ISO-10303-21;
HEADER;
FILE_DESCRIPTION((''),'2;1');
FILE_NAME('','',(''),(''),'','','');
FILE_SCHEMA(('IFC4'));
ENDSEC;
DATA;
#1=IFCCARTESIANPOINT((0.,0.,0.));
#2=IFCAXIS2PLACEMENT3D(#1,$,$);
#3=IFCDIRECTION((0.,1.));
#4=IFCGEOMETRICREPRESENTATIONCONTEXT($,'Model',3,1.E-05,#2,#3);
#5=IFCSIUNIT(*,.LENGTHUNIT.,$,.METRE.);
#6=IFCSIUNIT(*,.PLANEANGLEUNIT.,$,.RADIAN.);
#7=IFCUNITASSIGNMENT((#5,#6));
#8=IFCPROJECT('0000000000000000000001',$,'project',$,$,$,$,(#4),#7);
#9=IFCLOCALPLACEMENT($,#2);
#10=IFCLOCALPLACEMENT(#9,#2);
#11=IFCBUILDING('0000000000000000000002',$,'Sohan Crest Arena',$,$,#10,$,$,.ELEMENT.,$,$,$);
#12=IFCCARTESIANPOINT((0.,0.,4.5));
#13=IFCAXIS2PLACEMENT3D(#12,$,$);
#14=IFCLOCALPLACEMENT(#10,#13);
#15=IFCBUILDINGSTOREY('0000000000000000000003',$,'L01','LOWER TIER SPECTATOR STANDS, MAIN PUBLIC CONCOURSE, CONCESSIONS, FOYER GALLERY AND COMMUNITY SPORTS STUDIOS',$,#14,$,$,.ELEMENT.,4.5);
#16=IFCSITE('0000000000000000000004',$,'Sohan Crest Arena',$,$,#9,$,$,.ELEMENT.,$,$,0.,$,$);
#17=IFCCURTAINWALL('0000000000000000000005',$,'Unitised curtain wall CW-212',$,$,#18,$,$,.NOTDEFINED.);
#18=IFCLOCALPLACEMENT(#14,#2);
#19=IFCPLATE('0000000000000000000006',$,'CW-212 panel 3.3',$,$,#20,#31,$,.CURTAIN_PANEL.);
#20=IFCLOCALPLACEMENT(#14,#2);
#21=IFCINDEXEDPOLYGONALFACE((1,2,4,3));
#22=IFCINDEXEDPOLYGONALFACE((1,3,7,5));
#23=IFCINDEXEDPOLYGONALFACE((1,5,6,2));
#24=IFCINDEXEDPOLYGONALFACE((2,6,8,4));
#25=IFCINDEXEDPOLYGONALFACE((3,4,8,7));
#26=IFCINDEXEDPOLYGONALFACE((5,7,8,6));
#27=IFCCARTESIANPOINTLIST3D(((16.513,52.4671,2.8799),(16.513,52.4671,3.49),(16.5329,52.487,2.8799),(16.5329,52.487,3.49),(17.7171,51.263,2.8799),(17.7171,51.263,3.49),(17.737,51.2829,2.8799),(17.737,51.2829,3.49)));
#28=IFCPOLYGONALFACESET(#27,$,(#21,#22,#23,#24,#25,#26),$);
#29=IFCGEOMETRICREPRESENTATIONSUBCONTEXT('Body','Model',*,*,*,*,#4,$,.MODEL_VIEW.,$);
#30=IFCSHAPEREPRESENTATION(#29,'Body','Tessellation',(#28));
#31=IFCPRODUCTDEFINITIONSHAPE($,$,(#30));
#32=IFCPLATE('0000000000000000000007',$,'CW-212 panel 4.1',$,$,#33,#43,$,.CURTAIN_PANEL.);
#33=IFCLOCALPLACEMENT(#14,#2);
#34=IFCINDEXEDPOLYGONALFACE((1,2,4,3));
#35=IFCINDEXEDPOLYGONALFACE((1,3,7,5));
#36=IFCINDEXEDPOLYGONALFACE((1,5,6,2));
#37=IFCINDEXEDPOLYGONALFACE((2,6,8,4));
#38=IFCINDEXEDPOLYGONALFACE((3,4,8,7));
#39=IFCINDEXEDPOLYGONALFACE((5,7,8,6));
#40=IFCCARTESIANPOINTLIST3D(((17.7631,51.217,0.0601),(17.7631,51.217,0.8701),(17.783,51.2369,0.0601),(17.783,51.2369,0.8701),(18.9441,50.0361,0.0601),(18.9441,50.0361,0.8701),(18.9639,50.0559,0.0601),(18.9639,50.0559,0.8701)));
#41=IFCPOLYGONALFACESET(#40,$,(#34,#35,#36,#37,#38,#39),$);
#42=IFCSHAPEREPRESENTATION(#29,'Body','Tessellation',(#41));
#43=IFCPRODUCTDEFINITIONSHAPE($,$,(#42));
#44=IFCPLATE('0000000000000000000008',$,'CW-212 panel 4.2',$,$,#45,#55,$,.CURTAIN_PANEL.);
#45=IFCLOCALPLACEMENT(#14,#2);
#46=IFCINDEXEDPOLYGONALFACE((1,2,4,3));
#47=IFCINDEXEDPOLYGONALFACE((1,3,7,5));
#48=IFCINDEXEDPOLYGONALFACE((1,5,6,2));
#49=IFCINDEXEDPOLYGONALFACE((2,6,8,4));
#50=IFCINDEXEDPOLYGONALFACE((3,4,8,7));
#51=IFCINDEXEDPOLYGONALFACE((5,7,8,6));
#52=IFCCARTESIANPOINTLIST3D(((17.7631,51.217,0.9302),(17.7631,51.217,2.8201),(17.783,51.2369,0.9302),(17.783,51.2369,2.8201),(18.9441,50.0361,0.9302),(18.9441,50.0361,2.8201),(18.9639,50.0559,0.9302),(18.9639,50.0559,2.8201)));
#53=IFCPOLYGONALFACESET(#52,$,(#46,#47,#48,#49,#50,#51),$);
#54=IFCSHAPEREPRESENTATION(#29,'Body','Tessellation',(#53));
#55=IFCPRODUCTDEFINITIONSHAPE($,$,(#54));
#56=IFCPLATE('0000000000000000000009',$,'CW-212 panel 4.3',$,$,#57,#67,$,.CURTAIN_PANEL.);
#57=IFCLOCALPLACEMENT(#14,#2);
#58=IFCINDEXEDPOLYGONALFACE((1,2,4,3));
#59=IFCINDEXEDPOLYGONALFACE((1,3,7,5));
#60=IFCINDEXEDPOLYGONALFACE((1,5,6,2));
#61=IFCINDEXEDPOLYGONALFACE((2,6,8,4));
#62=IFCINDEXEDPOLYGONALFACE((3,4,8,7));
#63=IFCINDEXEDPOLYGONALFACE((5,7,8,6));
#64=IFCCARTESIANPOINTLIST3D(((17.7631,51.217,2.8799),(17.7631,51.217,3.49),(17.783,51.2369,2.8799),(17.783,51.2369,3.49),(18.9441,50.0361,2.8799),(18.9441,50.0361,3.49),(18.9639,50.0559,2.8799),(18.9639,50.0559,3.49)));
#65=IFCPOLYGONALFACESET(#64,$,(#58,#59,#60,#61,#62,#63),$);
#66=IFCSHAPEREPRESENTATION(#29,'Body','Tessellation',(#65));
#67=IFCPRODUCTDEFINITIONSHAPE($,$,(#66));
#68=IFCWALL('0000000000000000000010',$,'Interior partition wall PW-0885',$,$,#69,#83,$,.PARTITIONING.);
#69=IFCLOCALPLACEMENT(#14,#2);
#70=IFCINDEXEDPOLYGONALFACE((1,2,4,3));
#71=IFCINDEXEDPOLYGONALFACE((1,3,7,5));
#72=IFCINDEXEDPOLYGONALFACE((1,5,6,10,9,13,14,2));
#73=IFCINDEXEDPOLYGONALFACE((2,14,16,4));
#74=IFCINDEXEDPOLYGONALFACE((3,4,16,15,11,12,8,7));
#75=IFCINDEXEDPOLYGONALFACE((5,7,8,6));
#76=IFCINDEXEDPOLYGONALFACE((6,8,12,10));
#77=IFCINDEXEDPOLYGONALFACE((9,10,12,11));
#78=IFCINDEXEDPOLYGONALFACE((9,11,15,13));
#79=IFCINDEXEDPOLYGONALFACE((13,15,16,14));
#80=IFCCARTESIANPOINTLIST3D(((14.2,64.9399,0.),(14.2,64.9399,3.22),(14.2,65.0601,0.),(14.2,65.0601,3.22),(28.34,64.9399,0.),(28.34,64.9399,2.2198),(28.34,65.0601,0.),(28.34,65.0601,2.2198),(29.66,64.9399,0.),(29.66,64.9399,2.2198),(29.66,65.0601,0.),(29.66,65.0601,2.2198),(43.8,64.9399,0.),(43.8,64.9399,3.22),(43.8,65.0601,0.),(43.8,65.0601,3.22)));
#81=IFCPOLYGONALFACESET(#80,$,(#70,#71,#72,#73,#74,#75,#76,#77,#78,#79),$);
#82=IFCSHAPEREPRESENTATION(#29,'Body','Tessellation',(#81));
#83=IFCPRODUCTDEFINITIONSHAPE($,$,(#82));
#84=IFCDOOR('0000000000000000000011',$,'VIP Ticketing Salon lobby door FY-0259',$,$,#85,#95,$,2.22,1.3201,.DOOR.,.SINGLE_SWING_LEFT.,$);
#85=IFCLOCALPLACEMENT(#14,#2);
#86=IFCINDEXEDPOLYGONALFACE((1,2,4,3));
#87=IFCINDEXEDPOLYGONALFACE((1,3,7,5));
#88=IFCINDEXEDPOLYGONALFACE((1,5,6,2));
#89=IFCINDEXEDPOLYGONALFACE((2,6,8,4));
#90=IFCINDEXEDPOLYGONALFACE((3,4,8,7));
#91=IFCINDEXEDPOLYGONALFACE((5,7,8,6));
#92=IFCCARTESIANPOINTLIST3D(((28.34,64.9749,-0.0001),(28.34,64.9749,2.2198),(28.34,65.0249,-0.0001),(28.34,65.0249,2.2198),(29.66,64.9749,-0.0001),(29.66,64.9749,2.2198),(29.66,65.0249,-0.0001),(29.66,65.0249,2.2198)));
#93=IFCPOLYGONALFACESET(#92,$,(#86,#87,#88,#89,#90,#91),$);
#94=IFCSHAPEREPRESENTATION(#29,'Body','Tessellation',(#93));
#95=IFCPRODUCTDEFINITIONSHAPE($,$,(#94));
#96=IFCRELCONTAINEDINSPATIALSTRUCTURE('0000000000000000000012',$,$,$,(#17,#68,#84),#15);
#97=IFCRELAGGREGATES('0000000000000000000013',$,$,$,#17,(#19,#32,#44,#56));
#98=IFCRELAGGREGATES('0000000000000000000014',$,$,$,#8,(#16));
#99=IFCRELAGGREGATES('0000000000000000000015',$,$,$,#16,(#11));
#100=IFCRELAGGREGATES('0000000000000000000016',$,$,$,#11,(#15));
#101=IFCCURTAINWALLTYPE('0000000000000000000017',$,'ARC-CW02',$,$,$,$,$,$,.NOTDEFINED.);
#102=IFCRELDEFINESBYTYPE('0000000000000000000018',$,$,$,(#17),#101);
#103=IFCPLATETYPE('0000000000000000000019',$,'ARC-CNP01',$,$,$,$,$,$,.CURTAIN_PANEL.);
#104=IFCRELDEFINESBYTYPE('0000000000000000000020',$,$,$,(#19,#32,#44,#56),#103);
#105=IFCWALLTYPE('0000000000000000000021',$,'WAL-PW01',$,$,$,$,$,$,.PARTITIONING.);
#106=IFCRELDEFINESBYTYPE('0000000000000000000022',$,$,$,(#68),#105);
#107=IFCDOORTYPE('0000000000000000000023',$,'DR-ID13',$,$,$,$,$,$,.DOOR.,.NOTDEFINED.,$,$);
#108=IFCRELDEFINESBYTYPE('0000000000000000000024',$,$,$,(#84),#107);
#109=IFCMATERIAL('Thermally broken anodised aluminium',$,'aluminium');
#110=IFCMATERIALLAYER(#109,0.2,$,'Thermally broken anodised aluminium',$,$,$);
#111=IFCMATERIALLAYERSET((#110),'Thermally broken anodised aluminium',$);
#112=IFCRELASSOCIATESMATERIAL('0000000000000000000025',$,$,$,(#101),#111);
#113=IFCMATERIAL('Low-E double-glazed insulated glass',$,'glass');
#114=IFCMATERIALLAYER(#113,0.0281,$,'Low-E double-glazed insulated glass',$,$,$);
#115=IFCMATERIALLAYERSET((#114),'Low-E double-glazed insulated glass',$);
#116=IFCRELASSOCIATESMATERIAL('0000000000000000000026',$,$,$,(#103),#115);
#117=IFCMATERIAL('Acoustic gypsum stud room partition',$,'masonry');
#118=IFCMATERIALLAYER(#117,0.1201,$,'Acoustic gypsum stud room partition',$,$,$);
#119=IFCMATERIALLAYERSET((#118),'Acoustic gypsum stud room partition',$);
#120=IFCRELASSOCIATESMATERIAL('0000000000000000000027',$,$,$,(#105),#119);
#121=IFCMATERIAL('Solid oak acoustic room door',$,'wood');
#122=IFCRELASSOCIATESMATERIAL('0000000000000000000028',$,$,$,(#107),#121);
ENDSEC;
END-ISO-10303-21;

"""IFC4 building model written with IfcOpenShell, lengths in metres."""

from ifc_helpers import new_model, si_unit, direction, frame, frame_2d, origin, origin_2d, place, context, subcontext, project, spatial, rectangle, extrude, material, layer, layer_set, type_object, element, fill, aggregate, save


model = new_model("IFC4")

# Units and contexts
model_context = context("Model", 3, precision=1e-05, world=origin(), true_north=direction((0.0, 1.0)))
body_context = subcontext(model_context, "Body", "Model", "MODEL_VIEW")
ifc_project = project(units=[si_unit("LENGTHUNIT", "METRE"), si_unit("PLANEANGLEUNIT", "RADIAN")], contexts=[model_context])

# Site, building, storey
site_placement = place(None, origin())
site = spatial("IfcSite", under=ifc_project, at=site_placement, Name="Sohan Crest Arena", CompositionType="ELEMENT", RefElevation=0.0)
building_placement = place(site_placement, origin())
building = spatial("IfcBuilding", under=site, at=building_placement, Name="Sohan Crest Arena", CompositionType="ELEMENT")
storey_placement = place(building_placement, frame((0.0, 0.0, 4.5)))
storey = spatial("IfcBuildingStorey", under=building, at=storey_placement, Name="L01", Description="LOWER TIER SPECTATOR STANDS, MAIN PUBLIC CONCOURSE, CONCESSIONS, FOYER GALLERY AND COMMUNITY SPORTS STUDIOS", CompositionType="ELEMENT", Elevation=4.5)

# Curtain wall
ifc_material_1 = material(Name="Thermally broken anodised aluminium", Category="aluminium")
ifc_layer_1 = layer(ifc_material_1, 0.2, Name="Thermally broken anodised aluminium")
ifc_layer_set_1 = layer_set([ifc_layer_1], Name="Thermally broken anodised aluminium")
curtain_wall_type = type_object("IfcCurtainWallType", Name="ARC-CW02", PredefinedType="NOTDEFINED", material=ifc_layer_set_1)
curtain_wall_placement = place(storey_placement, origin())
curtain_wall = element("IfcCurtainWall", 1, at=curtain_wall_placement, inside=storey, type_object=curtain_wall_type, Name="Unitised curtain wall CW-212", PredefinedType="NOTDEFINED")

# Plates
ifc_material_2 = material(Name="Low-E double-glazed insulated glass", Category="glass")
ifc_layer_2 = layer(ifc_material_2, 0.0281, Name="Low-E double-glazed insulated glass")
ifc_layer_set_2 = layer_set([ifc_layer_2], Name="Low-E double-glazed insulated glass")
plate_type = type_object("IfcPlateType", Name="ARC-CNP01", PredefinedType="CURTAIN_PANEL", material=ifc_layer_set_2)
plate_1_placement = place(storey_placement, frame((17.125, 51.875, 2.8799), z_axis=(0.0, 0.0, 1.0), x_axis=(0.707107, -0.707107, 0.0)))
plate_1 = element("IfcPlate", 2, at=plate_1_placement, type_object=plate_type, Name="CW-212 panel 3.3", PredefinedType="CURTAIN_PANEL", context=body_context, shape_type="SweptSolid", body=[
    extrude(rectangle(XDim=1.7029, YDim=0.0281, at=origin_2d()), origin(), (0.0, 0.0, 1.0), 0.6101),
])
plate_2_placement = place(storey_placement, frame((18.3635, 50.6365, 0.0601), z_axis=(0.0, 0.0, 1.0), x_axis=(0.707107, -0.707107, 0.0)))
plate_2 = element("IfcPlate", 3, at=plate_2_placement, type_object=plate_type, Name="CW-212 panel 4.1", PredefinedType="CURTAIN_PANEL", context=body_context, shape_type="SweptSolid", body=[
    extrude(rectangle(XDim=1.6702, YDim=0.0281, at=origin_2d()), origin(), (0.0, 0.0, 1.0), 0.8101),
])
plate_3_placement = place(storey_placement, frame((18.3635, 50.6365, 0.9302), z_axis=(0.0, 0.0, 1.0), x_axis=(0.707107, -0.707107, 0.0)))
plate_3 = element("IfcPlate", 4, at=plate_3_placement, type_object=plate_type, Name="CW-212 panel 4.2", PredefinedType="CURTAIN_PANEL", context=body_context, shape_type="SweptSolid", body=[
    extrude(rectangle(XDim=1.6702, YDim=0.0281, at=origin_2d()), origin(), (0.0, 0.0, 1.0), 1.8899),
])
plate_4_placement = place(storey_placement, frame((18.3635, 50.6365, 2.8799), z_axis=(0.0, 0.0, 1.0), x_axis=(0.707107, -0.707107, 0.0)))
plate_4 = element("IfcPlate", 5, at=plate_4_placement, type_object=plate_type, Name="CW-212 panel 4.3", PredefinedType="CURTAIN_PANEL", context=body_context, shape_type="SweptSolid", body=[
    extrude(rectangle(XDim=1.6702, YDim=0.0281, at=origin_2d()), origin(), (0.0, 0.0, 1.0), 0.6101),
])
aggregate(curtain_wall, [plate_1, plate_2, plate_3, plate_4])

# Wall, opening, door
ifc_material_3 = material(Name="Acoustic gypsum stud room partition", Category="masonry")
ifc_layer_3 = layer(ifc_material_3, 0.1201, Name="Acoustic gypsum stud room partition")
ifc_layer_set_3 = layer_set([ifc_layer_3], Name="Acoustic gypsum stud room partition")
wall_type = type_object("IfcWallType", Name="WAL-PW01", PredefinedType="PARTITIONING", material=ifc_layer_set_3)
wall_placement = place(storey_placement, frame((14.2, 65.0, 0.0), z_axis=(0.0, 0.0, 1.0), x_axis=(1.0, 0.0, 0.0)))
wall = element("IfcWall", 6, at=wall_placement, inside=storey, type_object=wall_type, Name="Interior partition wall PW-0885", PredefinedType="PARTITIONING", context=body_context, shape_type="SweptSolid", body=[
    extrude(rectangle(XDim=29.6001, YDim=0.1201, at=frame_2d((14.8, 0.0))), origin(), (0.0, 0.0, 1.0), 3.22),
])
opening_placement = place(wall_placement, frame((14.1399, 0.0, 0.0)))
opening = element("IfcOpeningElement", 7, at=opening_placement, cuts=wall, PredefinedType="OPENING", context=body_context, shape_type="SweptSolid", body=[
    extrude(rectangle(XDim=1.3201, YDim=2.22, at=frame_2d((0.6602, 1.1099))), frame((0.0, 0.0701, 0.0), z_axis=(0.0, -1.0, 0.0), x_axis=(1.0, 0.0, 0.0)), (0.0, 0.0, 1.0), 0.1401),
])
ifc_material_4 = material(Name="Solid oak acoustic room door", Category="wood")
door_type = type_object("IfcDoorType", Name="DR-ID13", OperationType="NOTDEFINED", PredefinedType="DOOR", material=ifc_material_4)
door_placement = place(opening_placement, origin())
door = element("IfcDoor", 8, at=door_placement, inside=storey, type_object=door_type, Name="VIP Ticketing Salon lobby door FY-0259", OperationType="SINGLE_SWING_LEFT", OverallHeight=2.22, OverallWidth=1.3201, PredefinedType="DOOR", context=body_context, shape_type="SweptSolid", body=[
    extrude(rectangle(XDim=1.3201, YDim=2.22, at=frame_2d((0.6602, 1.1099))), frame((0.0, 0.0249, 0.0), z_axis=(0.0, -1.0, 0.0), x_axis=(1.0, 0.0, 0.0)), (0.0, 0.0, 1.0), 0.05),
])
fill(opening, door)

save(model, "model.ifc")
